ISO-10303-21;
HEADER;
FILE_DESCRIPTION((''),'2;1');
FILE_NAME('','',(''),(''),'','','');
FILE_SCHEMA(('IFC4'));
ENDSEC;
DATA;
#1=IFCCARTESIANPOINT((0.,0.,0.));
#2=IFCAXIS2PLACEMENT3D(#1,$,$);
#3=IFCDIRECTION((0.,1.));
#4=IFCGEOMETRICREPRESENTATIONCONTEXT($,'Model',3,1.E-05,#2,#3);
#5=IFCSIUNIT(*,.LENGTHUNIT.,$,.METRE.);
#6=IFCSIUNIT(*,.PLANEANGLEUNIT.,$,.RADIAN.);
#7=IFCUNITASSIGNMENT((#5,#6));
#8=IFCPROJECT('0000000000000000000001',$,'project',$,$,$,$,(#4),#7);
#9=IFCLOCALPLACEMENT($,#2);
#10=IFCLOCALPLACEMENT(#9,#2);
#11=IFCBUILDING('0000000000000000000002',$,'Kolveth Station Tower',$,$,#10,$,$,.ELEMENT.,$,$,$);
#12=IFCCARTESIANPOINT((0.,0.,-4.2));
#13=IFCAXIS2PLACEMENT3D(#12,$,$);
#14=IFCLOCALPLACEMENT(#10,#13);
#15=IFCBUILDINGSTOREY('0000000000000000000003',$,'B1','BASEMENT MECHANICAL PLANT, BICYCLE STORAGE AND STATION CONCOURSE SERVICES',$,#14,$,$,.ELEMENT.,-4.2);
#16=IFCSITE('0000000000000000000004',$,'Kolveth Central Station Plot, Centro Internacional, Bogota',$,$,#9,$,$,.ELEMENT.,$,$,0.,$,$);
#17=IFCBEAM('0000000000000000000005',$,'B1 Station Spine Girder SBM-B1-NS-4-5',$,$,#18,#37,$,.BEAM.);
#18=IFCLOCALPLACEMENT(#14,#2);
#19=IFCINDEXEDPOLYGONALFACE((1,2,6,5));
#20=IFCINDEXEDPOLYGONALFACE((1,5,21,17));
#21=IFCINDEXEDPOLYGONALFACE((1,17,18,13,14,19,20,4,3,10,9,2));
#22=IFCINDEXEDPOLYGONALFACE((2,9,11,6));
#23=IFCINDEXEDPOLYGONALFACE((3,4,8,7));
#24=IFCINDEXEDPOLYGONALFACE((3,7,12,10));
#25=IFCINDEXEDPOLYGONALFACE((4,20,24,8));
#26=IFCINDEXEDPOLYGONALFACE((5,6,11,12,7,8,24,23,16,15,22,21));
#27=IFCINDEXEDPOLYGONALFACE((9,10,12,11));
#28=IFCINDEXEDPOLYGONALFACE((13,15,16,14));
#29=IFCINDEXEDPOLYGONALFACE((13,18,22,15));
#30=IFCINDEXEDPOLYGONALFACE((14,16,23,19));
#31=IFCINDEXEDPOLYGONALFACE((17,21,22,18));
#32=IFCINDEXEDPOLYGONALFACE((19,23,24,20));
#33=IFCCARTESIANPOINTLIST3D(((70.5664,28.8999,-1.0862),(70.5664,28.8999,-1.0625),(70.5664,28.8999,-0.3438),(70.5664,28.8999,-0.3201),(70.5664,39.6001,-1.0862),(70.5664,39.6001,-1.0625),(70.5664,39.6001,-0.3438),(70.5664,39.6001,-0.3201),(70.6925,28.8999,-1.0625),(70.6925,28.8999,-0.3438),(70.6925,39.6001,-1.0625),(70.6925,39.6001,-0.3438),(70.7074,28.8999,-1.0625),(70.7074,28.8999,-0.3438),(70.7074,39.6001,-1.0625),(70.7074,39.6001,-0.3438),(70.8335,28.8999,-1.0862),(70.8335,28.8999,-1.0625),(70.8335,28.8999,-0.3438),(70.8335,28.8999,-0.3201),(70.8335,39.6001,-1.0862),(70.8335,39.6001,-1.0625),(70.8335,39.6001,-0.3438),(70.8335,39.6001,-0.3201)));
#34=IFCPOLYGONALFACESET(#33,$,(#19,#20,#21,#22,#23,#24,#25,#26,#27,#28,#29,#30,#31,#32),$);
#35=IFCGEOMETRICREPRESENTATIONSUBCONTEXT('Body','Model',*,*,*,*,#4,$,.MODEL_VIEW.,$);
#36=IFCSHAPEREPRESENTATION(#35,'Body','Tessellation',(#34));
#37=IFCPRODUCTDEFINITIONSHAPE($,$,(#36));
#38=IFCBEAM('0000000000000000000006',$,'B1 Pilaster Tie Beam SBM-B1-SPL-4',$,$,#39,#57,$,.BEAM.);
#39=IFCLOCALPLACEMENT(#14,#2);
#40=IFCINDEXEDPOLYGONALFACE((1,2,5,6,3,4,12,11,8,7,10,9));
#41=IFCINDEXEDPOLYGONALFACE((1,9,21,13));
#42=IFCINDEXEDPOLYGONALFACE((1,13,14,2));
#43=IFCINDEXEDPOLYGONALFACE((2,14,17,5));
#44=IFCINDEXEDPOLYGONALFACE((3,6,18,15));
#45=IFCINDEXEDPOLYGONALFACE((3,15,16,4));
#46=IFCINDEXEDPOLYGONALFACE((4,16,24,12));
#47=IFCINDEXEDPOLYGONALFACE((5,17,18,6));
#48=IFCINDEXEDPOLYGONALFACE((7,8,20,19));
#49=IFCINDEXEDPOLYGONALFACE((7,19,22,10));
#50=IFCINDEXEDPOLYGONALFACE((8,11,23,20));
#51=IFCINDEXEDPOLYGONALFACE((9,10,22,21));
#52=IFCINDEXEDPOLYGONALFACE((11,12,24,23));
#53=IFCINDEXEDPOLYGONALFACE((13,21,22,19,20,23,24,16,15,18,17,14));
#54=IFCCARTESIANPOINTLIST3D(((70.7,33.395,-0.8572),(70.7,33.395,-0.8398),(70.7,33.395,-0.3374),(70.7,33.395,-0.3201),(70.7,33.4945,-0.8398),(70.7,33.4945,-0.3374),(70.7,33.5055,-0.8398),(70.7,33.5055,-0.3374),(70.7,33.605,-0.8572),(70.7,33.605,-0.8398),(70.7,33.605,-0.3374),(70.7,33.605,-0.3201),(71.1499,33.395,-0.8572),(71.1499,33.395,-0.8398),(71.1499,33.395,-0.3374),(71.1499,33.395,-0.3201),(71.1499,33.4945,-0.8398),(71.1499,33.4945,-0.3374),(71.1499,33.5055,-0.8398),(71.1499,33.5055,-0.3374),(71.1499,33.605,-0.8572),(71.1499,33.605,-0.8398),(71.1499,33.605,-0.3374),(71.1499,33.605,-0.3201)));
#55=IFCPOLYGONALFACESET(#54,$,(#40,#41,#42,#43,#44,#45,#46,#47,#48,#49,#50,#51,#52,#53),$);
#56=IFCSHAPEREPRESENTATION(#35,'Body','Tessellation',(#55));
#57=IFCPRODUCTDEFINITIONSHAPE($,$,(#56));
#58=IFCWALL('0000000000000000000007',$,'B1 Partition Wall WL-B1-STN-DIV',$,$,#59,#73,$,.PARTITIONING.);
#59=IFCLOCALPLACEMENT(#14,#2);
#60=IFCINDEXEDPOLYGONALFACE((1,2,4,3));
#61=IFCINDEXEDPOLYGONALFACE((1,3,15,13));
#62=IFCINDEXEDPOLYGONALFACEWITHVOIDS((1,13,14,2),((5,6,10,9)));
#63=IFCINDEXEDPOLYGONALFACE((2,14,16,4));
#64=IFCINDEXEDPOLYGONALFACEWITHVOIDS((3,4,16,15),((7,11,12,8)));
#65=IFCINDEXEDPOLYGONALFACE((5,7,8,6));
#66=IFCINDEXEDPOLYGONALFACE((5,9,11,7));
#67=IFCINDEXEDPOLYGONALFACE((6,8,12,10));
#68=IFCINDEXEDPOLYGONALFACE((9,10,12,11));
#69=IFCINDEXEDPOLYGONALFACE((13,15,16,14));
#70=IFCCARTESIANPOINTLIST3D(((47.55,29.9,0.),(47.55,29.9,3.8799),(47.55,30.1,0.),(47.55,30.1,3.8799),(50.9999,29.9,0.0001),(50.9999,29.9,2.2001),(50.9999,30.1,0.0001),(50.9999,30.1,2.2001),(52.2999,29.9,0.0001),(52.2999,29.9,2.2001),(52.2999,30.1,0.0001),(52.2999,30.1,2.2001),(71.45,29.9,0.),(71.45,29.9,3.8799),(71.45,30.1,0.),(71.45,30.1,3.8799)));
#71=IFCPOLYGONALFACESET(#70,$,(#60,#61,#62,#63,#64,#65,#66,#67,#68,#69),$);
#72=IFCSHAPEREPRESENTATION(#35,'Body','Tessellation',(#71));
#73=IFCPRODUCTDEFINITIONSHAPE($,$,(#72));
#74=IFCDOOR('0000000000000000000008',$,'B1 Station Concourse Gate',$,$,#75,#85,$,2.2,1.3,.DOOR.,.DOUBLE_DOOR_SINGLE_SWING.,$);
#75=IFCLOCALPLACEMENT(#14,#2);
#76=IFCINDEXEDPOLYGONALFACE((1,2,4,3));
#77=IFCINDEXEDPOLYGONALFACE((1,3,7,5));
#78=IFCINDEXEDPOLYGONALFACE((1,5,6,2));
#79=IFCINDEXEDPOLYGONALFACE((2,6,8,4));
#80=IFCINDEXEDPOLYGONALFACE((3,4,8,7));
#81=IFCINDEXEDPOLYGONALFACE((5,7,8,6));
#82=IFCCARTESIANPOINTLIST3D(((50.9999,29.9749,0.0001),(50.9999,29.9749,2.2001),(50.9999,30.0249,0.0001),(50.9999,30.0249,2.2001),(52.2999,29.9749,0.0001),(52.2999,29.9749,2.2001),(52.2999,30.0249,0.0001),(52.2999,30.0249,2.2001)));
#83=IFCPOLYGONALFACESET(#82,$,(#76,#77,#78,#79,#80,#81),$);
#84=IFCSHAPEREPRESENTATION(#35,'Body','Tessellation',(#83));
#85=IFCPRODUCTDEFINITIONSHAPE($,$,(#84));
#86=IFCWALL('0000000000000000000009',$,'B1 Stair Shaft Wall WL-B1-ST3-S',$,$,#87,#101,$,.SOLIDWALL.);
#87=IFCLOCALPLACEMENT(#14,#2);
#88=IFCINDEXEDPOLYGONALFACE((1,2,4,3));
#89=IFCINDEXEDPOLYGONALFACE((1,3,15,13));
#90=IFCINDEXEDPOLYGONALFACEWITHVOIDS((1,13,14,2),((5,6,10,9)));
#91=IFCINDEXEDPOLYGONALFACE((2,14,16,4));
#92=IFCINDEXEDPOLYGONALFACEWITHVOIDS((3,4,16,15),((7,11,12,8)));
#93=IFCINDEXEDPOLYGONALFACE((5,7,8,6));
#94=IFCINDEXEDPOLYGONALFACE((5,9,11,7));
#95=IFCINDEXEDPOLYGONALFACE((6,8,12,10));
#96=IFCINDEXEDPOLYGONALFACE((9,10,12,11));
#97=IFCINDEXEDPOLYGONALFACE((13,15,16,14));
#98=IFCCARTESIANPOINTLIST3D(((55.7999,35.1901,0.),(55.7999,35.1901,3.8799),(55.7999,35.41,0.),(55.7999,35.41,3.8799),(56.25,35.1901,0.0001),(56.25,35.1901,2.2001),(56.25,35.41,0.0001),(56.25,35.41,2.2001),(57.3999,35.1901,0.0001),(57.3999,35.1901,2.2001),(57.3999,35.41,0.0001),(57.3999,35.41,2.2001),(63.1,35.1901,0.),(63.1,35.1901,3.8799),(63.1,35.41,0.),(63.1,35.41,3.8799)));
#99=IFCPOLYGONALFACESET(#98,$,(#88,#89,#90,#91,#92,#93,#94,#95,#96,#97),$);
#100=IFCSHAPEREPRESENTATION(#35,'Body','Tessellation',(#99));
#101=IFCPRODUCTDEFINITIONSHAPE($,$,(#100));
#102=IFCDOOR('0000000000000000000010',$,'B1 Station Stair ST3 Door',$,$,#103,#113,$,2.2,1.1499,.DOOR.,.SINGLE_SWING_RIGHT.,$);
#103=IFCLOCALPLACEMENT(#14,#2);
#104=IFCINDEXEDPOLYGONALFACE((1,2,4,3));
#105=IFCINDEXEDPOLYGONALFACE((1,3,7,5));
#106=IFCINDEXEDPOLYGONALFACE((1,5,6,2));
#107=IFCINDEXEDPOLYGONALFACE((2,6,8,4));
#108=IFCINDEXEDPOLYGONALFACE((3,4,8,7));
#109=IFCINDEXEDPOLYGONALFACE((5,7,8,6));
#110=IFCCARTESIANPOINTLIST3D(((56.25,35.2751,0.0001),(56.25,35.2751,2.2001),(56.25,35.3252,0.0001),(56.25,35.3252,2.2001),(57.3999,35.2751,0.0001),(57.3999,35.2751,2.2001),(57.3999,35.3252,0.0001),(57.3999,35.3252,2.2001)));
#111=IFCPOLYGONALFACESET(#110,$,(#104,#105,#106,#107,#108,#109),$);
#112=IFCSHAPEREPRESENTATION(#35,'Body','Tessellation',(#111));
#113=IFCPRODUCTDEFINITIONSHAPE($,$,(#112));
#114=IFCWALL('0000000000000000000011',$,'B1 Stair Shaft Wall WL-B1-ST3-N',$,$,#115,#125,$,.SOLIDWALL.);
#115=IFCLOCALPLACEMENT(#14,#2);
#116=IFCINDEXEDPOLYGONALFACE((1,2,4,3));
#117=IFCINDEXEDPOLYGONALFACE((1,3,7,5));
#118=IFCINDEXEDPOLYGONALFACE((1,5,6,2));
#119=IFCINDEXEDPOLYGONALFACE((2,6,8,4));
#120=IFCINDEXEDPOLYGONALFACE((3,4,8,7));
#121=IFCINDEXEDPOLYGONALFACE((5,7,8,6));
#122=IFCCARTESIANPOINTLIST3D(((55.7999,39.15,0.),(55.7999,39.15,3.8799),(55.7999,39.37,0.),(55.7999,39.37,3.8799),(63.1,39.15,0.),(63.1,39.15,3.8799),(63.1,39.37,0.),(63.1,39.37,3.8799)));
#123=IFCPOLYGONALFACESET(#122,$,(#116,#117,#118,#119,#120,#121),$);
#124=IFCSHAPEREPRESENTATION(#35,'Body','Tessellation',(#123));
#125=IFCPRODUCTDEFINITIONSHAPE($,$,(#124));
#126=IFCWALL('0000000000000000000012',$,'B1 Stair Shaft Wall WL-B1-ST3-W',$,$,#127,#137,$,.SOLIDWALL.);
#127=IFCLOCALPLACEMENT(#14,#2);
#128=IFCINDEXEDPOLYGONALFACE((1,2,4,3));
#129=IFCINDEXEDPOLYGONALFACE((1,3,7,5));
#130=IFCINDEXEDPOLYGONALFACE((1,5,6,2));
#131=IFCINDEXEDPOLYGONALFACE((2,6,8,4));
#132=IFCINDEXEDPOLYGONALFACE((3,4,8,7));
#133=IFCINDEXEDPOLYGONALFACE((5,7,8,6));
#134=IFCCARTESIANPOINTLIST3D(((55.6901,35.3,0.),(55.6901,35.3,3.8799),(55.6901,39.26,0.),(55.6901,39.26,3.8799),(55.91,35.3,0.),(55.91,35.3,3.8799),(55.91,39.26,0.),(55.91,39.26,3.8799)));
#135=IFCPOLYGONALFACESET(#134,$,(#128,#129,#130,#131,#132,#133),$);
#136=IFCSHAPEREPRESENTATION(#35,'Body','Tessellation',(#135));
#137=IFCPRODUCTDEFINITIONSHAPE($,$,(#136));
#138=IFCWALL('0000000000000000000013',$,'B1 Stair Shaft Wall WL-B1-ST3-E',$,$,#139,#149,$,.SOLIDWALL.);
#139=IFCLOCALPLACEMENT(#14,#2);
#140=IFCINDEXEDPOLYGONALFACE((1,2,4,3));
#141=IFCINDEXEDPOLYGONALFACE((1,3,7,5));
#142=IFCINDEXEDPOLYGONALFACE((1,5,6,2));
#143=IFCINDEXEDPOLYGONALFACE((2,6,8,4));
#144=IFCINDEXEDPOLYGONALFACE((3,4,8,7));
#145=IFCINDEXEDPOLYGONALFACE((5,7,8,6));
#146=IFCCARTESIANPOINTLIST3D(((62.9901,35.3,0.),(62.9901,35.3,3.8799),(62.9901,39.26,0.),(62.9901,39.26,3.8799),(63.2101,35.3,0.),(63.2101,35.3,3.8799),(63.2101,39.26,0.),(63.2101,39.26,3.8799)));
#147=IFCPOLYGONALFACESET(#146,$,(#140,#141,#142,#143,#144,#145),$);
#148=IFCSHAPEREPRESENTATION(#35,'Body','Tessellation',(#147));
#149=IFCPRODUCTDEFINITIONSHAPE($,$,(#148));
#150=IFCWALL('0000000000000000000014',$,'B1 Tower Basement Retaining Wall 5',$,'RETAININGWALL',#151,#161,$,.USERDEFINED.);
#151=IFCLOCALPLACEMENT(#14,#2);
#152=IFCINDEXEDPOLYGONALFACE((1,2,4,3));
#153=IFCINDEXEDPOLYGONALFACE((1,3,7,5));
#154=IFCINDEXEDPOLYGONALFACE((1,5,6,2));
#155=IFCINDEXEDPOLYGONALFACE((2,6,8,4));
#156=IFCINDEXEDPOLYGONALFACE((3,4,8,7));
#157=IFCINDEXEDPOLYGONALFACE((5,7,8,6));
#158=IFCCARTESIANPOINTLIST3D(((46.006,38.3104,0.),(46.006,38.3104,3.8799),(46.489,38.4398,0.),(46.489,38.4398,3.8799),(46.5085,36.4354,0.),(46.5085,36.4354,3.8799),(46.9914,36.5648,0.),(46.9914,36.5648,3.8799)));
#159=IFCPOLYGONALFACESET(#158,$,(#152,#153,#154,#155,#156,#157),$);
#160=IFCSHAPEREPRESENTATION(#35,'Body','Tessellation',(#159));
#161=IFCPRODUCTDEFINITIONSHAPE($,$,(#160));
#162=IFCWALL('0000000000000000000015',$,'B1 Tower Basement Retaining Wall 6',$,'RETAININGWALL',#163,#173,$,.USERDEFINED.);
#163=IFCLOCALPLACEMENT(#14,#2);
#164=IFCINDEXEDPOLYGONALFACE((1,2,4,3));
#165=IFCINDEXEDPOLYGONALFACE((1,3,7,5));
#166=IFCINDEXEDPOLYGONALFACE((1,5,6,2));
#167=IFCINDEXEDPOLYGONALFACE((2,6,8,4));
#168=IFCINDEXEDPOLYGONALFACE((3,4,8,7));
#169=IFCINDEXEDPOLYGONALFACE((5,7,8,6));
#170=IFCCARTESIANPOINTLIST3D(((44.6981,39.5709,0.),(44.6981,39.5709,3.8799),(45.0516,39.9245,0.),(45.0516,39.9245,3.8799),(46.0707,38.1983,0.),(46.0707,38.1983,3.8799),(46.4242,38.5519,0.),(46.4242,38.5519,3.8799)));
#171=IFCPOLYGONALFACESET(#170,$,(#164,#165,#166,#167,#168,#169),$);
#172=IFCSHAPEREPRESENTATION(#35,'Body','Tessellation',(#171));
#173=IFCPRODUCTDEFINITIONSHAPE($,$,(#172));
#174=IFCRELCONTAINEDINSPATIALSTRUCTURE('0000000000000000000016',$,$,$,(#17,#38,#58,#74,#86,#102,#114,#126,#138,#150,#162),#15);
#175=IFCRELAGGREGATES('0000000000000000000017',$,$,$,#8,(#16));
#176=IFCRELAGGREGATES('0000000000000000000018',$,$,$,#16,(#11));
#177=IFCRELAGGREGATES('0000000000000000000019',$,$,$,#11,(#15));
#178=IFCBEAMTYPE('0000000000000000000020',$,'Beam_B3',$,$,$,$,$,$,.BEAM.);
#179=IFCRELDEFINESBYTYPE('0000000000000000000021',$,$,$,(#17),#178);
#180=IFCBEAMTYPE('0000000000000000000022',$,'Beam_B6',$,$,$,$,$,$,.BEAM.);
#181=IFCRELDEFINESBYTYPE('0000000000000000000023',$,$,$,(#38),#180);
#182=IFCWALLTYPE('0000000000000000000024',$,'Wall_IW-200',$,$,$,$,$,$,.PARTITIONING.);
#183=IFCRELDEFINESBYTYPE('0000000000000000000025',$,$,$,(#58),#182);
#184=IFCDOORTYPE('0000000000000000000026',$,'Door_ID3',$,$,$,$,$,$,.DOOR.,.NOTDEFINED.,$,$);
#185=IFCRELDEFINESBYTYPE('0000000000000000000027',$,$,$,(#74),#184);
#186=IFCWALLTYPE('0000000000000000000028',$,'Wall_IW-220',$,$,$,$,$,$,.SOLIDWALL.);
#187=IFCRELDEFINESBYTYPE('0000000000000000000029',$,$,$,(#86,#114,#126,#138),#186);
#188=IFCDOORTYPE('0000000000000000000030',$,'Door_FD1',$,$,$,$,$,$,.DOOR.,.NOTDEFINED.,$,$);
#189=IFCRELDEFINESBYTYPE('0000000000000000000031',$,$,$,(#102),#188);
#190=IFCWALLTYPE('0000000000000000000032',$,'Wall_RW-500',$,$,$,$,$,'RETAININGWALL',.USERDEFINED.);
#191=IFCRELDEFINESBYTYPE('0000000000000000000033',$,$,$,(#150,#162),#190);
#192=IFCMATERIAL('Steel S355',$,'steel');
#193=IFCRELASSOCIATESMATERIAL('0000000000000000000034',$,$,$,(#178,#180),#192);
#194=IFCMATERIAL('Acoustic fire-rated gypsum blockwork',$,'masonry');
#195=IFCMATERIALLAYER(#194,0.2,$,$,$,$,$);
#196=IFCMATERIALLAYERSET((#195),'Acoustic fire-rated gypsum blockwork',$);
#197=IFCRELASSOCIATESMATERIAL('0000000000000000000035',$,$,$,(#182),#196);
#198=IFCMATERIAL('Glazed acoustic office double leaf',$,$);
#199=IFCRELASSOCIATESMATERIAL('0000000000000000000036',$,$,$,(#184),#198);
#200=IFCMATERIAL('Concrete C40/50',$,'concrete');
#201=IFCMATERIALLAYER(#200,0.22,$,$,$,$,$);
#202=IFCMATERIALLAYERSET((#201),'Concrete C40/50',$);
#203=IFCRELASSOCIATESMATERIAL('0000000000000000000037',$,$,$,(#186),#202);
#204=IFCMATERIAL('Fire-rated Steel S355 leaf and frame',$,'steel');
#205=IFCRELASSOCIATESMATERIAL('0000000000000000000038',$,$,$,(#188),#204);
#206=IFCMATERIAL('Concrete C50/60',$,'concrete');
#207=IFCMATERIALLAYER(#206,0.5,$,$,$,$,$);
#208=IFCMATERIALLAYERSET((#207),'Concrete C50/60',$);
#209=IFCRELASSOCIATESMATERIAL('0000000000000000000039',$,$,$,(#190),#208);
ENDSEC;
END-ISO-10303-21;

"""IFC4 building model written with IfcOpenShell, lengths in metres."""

from ifc_helpers import new_model, si_unit, direction, frame, frame_2d, origin, origin_2d, place, context, subcontext, project, spatial, rectangle, i_section, extrude, source, transform, mapped, material, layer, layer_set, material_profile, profile_set, type_object, element, fill, save


model = new_model("IFC4")

# Units and contexts
model_context = context("Model", 3, precision=1e-05, world=origin(), true_north=direction((0.0, 1.0)))
body_context = subcontext(model_context, "Body", "Model", "MODEL_VIEW")
ifc_project = project(units=[si_unit("LENGTHUNIT", "METRE"), si_unit("PLANEANGLEUNIT", "RADIAN")], contexts=[model_context])

# Site, building, storey
site_placement = place(None, origin())
site = spatial("IfcSite", under=ifc_project, at=site_placement, Name="Kolveth Central Station Plot, Centro Internacional, Bogota", CompositionType="ELEMENT", RefElevation=0.0)
building_placement = place(site_placement, origin())
building = spatial("IfcBuilding", under=site, at=building_placement, Name="Kolveth Station Tower", CompositionType="ELEMENT")
storey_placement = place(building_placement, frame((0.0, 0.0, -4.2)))
storey = spatial("IfcBuildingStorey", under=building, at=storey_placement, Name="B1", Description="BASEMENT MECHANICAL PLANT, BICYCLE STORAGE AND STATION CONCOURSE SERVICES", CompositionType="ELEMENT", Elevation=-4.2)

# Shared definitions
ifc_material_1 = material(Name="Steel S355", Category="steel")

# Beams
ifc_material_profile_1 = material_profile(ifc_material_1, i_section(OverallWidth=0.2671, OverallDepth=0.7661, WebThickness=0.0149, FlangeThickness=0.0237, at=origin_2d()), Name="W760x185")
ifc_profile_set_1 = profile_set([ifc_material_profile_1], Name="Steel S355")
beam_type_1 = type_object("IfcBeamType", Name="Beam_B3", PredefinedType="BEAM", material=ifc_profile_set_1)
shared_shape_1 = source(origin(), body_context, "Body", "SweptSolid", [
    extrude(i_section(OverallWidth=0.2671, OverallDepth=0.7661, WebThickness=0.0149, FlangeThickness=0.0237, at=origin_2d()), origin(), (0.0, 0.0, 1.0), 10.7002),
])
beam_1_placement = place(storey_placement, frame((70.7, 28.8999, -0.7031), z_axis=(0.0, 1.0, 0.0), x_axis=(-1.0, 0.0, 0.0)))
element("IfcBeam", 1, at=beam_1_placement, inside=storey, type_object=beam_type_1, Name="B1 Station Spine Girder SBM-B1-NS-4-5", PredefinedType="BEAM", context=body_context, shape_type="MappedRepresentation", body=[
    mapped(shared_shape_1, transform((0.0, 0.0, 0.0), x_axis=(1.0, 0.0, 0.0), y_axis=(0.0, 1.0, 0.0), z_axis=(0.0, 0.0, 1.0), scale=1.0)),
])
ifc_material_profile_2 = material_profile(ifc_material_1, i_section(OverallWidth=0.21, OverallDepth=0.5371, WebThickness=0.011, FlangeThickness=0.0173, at=origin_2d()), Name="W530x101")
ifc_profile_set_2 = profile_set([ifc_material_profile_2], Name="Steel S355")
beam_type_2 = type_object("IfcBeamType", Name="Beam_B6", PredefinedType="BEAM", material=ifc_profile_set_2)
shared_shape_2 = source(origin(), body_context, "Body", "SweptSolid", [
    extrude(i_section(OverallWidth=0.21, OverallDepth=0.5371, WebThickness=0.011, FlangeThickness=0.0173, at=origin_2d()), origin(), (0.0, 0.0, 1.0), 0.45),
])
beam_2_placement = place(storey_placement, frame((70.7, 33.5, -0.5886), z_axis=(1.0, 0.0, 0.0), x_axis=(0.0, 1.0, 0.0)))
element("IfcBeam", 2, at=beam_2_placement, inside=storey, type_object=beam_type_2, Name="B1 Pilaster Tie Beam SBM-B1-SPL-4", PredefinedType="BEAM", context=body_context, shape_type="MappedRepresentation", body=[
    mapped(shared_shape_2, transform((0.0, 0.0, 0.0), x_axis=(1.0, 0.0, 0.0), y_axis=(0.0, 1.0, 0.0), z_axis=(0.0, 0.0, 1.0), scale=1.0)),
])

# Walls, openings, doors
ifc_material_2 = material(Name="Acoustic fire-rated gypsum blockwork", Category="masonry")
ifc_layer_1 = layer(ifc_material_2, 0.2)
ifc_layer_set_1 = layer_set([ifc_layer_1], Name="Acoustic fire-rated gypsum blockwork")
wall_type_1 = type_object("IfcWallType", Name="Wall_IW-200", PredefinedType="PARTITIONING", material=ifc_layer_set_1)
wall_1_placement = place(storey_placement, frame((47.55, 30.0, 0.0), z_axis=(0.0, 0.0, 1.0), x_axis=(1.0, 0.0, 0.0)))
wall_1 = element("IfcWall", 3, at=wall_1_placement, inside=storey, type_object=wall_type_1, Name="B1 Partition Wall WL-B1-STN-DIV", PredefinedType="PARTITIONING", context=body_context, shape_type="SweptSolid", body=[
    extrude(rectangle(XDim=23.8999, YDim=0.2, at=frame_2d((11.95, 0.0))), origin(), (0.0, 0.0, 1.0), 3.8799),
])
opening_1_placement = place(wall_1_placement, frame((3.45, 0.0, 0.0)))
opening_1 = element("IfcOpeningElement", 4, at=opening_1_placement, cuts=wall_1, PredefinedType="OPENING", context=body_context, shape_type="SweptSolid", body=[
    extrude(rectangle(XDim=1.3, YDim=2.2, at=frame_2d((0.6499, 1.1001))), frame((0.0, 0.1099, 0.0), z_axis=(0.0, -1.0, 0.0), x_axis=(1.0, 0.0, 0.0)), (0.0, 0.0, 1.0), 0.22),
])
ifc_material_3 = material(Name="Glazed acoustic office double leaf")
door_type_1 = type_object("IfcDoorType", Name="Door_ID3", OperationType="NOTDEFINED", PredefinedType="DOOR", material=ifc_material_3)
door_1_placement = place(opening_1_placement, origin())
door_1 = element("IfcDoor", 5, at=door_1_placement, inside=storey, type_object=door_type_1, Name="B1 Station Concourse Gate", OperationType="DOUBLE_DOOR_SINGLE_SWING", OverallHeight=2.2, OverallWidth=1.3, PredefinedType="DOOR", context=body_context, shape_type="SweptSolid", body=[
    extrude(rectangle(XDim=1.3, YDim=2.2, at=frame_2d((0.6499, 1.1001))), frame((0.0, 0.0249, 0.0), z_axis=(0.0, -1.0, 0.0), x_axis=(1.0, 0.0, 0.0)), (0.0, 0.0, 1.0), 0.05),
])
fill(opening_1, door_1)
ifc_material_4 = material(Name="Concrete C40/50", Category="concrete")
ifc_layer_2 = layer(ifc_material_4, 0.22)
ifc_layer_set_2 = layer_set([ifc_layer_2], Name="Concrete C40/50")
wall_type_2 = type_object("IfcWallType", Name="Wall_IW-220", PredefinedType="SOLIDWALL", material=ifc_layer_set_2)
wall_2_placement = place(storey_placement, frame((55.8, 35.3, 0.0), z_axis=(0.0, 0.0, 1.0), x_axis=(1.0, 0.0, 0.0)))
wall_2 = element("IfcWall", 6, at=wall_2_placement, inside=storey, type_object=wall_type_2, Name="B1 Stair Shaft Wall WL-B1-ST3-S", PredefinedType="SOLIDWALL", context=body_context, shape_type="SweptSolid", body=[
    extrude(rectangle(XDim=7.3, YDim=0.22, at=frame_2d((3.6499, 0.0))), origin(), (0.0, 0.0, 1.0), 3.8799),
])
opening_2_placement = place(wall_2_placement, frame((0.45, 0.0, 0.0)))
opening_2 = element("IfcOpeningElement", 7, at=opening_2_placement, cuts=wall_2, PredefinedType="OPENING", context=body_context, shape_type="SweptSolid", body=[
    extrude(rectangle(XDim=1.1499, YDim=2.2, at=frame_2d((0.575, 1.1001))), frame((0.0, 0.1199, 0.0), z_axis=(0.0, -1.0, 0.0), x_axis=(1.0, 0.0, 0.0)), (0.0, 0.0, 1.0), 0.24),
])
ifc_material_5 = material(Name="Fire-rated Steel S355 leaf and frame", Category="steel")
door_type_2 = type_object("IfcDoorType", Name="Door_FD1", OperationType="NOTDEFINED", PredefinedType="DOOR", material=ifc_material_5)
door_2_placement = place(opening_2_placement, frame((1.1499, 0.0, 0.0), z_axis=(0.0, 0.0, 1.0), x_axis=(-1.0, 0.0, 0.0)))
door_2 = element("IfcDoor", 8, at=door_2_placement, inside=storey, type_object=door_type_2, Name="B1 Station Stair ST3 Door", OperationType="SINGLE_SWING_RIGHT", OverallHeight=2.2, OverallWidth=1.1499, PredefinedType="DOOR", context=body_context, shape_type="SweptSolid", body=[
    extrude(rectangle(XDim=1.1499, YDim=2.2, at=frame_2d((0.575, 1.1001))), frame((0.0, 0.0249, 0.0), z_axis=(0.0, -1.0, 0.0), x_axis=(1.0, 0.0, 0.0)), (0.0, 0.0, 1.0), 0.05),
])
fill(opening_2, door_2)

# Walls
wall_3_placement = place(storey_placement, frame((55.8, 39.26, 0.0), z_axis=(0.0, 0.0, 1.0), x_axis=(1.0, 0.0, 0.0)))
element("IfcWall", 9, at=wall_3_placement, inside=storey, type_object=wall_type_2, Name="B1 Stair Shaft Wall WL-B1-ST3-N", PredefinedType="SOLIDWALL", context=body_context, shape_type="SweptSolid", body=[
    extrude(rectangle(XDim=7.3, YDim=0.22, at=frame_2d((3.6499, 0.0))), origin(), (0.0, 0.0, 1.0), 3.8799),
])
for number, where, z_axis, x_axis, name in (
    (10, (55.8, 35.3, 0.0), (0.0, 0.0, 1.0), (0.0, 1.0, 0.0), "B1 Stair Shaft Wall WL-B1-ST3-W"),
    (11, (63.1001, 35.3, 0.0), (0.0, 0.0, 1.0), (0.0, 1.0, 0.0), "B1 Stair Shaft Wall WL-B1-ST3-E"),
):
    element("IfcWall", number, at=place(storey_placement, frame(where, z_axis=z_axis, x_axis=x_axis)), inside=storey, type_object=wall_type_2, Name=name, PredefinedType="SOLIDWALL", context=body_context, shape_type="SweptSolid", body=[
        extrude(rectangle(XDim=3.96, YDim=0.22, at=frame_2d((1.98, 0.0))), origin(), (0.0, 0.0, 1.0), 3.8799),
    ])
ifc_material_6 = material(Name="Concrete C50/60", Category="concrete")
ifc_layer_3 = layer(ifc_material_6, 0.5)
ifc_layer_set_3 = layer_set([ifc_layer_3], Name="Concrete C50/60")
wall_type_3 = type_object("IfcWallType", Name="Wall_RW-500", ElementType="RETAININGWALL", PredefinedType="USERDEFINED", material=ifc_layer_set_3)
for number, where, z_axis, x_axis, name in (
    (12, (46.75, 36.5, 0.0), (0.0, 0.0, 1.0), (-0.258837, 0.965921, 0.0), "B1 Tower Basement Retaining Wall 5"),
    (13, (46.2476, 38.375, 0.0), (0.0, 0.0, 1.0), (-0.707107, 0.707107, 0.0), "B1 Tower Basement Retaining Wall 6"),
):
    element("IfcWall", number, at=place(storey_placement, frame(where, z_axis=z_axis, x_axis=x_axis)), inside=storey, type_object=wall_type_3, Name=name, ObjectType="RETAININGWALL", PredefinedType="USERDEFINED", context=body_context, shape_type="SweptSolid", body=[
        extrude(rectangle(XDim=1.9412, YDim=0.5, at=frame_2d((0.9707, 0.0))), origin(), (0.0, 0.0, 1.0), 3.8799),
    ])

save(model, "model.ifc")
